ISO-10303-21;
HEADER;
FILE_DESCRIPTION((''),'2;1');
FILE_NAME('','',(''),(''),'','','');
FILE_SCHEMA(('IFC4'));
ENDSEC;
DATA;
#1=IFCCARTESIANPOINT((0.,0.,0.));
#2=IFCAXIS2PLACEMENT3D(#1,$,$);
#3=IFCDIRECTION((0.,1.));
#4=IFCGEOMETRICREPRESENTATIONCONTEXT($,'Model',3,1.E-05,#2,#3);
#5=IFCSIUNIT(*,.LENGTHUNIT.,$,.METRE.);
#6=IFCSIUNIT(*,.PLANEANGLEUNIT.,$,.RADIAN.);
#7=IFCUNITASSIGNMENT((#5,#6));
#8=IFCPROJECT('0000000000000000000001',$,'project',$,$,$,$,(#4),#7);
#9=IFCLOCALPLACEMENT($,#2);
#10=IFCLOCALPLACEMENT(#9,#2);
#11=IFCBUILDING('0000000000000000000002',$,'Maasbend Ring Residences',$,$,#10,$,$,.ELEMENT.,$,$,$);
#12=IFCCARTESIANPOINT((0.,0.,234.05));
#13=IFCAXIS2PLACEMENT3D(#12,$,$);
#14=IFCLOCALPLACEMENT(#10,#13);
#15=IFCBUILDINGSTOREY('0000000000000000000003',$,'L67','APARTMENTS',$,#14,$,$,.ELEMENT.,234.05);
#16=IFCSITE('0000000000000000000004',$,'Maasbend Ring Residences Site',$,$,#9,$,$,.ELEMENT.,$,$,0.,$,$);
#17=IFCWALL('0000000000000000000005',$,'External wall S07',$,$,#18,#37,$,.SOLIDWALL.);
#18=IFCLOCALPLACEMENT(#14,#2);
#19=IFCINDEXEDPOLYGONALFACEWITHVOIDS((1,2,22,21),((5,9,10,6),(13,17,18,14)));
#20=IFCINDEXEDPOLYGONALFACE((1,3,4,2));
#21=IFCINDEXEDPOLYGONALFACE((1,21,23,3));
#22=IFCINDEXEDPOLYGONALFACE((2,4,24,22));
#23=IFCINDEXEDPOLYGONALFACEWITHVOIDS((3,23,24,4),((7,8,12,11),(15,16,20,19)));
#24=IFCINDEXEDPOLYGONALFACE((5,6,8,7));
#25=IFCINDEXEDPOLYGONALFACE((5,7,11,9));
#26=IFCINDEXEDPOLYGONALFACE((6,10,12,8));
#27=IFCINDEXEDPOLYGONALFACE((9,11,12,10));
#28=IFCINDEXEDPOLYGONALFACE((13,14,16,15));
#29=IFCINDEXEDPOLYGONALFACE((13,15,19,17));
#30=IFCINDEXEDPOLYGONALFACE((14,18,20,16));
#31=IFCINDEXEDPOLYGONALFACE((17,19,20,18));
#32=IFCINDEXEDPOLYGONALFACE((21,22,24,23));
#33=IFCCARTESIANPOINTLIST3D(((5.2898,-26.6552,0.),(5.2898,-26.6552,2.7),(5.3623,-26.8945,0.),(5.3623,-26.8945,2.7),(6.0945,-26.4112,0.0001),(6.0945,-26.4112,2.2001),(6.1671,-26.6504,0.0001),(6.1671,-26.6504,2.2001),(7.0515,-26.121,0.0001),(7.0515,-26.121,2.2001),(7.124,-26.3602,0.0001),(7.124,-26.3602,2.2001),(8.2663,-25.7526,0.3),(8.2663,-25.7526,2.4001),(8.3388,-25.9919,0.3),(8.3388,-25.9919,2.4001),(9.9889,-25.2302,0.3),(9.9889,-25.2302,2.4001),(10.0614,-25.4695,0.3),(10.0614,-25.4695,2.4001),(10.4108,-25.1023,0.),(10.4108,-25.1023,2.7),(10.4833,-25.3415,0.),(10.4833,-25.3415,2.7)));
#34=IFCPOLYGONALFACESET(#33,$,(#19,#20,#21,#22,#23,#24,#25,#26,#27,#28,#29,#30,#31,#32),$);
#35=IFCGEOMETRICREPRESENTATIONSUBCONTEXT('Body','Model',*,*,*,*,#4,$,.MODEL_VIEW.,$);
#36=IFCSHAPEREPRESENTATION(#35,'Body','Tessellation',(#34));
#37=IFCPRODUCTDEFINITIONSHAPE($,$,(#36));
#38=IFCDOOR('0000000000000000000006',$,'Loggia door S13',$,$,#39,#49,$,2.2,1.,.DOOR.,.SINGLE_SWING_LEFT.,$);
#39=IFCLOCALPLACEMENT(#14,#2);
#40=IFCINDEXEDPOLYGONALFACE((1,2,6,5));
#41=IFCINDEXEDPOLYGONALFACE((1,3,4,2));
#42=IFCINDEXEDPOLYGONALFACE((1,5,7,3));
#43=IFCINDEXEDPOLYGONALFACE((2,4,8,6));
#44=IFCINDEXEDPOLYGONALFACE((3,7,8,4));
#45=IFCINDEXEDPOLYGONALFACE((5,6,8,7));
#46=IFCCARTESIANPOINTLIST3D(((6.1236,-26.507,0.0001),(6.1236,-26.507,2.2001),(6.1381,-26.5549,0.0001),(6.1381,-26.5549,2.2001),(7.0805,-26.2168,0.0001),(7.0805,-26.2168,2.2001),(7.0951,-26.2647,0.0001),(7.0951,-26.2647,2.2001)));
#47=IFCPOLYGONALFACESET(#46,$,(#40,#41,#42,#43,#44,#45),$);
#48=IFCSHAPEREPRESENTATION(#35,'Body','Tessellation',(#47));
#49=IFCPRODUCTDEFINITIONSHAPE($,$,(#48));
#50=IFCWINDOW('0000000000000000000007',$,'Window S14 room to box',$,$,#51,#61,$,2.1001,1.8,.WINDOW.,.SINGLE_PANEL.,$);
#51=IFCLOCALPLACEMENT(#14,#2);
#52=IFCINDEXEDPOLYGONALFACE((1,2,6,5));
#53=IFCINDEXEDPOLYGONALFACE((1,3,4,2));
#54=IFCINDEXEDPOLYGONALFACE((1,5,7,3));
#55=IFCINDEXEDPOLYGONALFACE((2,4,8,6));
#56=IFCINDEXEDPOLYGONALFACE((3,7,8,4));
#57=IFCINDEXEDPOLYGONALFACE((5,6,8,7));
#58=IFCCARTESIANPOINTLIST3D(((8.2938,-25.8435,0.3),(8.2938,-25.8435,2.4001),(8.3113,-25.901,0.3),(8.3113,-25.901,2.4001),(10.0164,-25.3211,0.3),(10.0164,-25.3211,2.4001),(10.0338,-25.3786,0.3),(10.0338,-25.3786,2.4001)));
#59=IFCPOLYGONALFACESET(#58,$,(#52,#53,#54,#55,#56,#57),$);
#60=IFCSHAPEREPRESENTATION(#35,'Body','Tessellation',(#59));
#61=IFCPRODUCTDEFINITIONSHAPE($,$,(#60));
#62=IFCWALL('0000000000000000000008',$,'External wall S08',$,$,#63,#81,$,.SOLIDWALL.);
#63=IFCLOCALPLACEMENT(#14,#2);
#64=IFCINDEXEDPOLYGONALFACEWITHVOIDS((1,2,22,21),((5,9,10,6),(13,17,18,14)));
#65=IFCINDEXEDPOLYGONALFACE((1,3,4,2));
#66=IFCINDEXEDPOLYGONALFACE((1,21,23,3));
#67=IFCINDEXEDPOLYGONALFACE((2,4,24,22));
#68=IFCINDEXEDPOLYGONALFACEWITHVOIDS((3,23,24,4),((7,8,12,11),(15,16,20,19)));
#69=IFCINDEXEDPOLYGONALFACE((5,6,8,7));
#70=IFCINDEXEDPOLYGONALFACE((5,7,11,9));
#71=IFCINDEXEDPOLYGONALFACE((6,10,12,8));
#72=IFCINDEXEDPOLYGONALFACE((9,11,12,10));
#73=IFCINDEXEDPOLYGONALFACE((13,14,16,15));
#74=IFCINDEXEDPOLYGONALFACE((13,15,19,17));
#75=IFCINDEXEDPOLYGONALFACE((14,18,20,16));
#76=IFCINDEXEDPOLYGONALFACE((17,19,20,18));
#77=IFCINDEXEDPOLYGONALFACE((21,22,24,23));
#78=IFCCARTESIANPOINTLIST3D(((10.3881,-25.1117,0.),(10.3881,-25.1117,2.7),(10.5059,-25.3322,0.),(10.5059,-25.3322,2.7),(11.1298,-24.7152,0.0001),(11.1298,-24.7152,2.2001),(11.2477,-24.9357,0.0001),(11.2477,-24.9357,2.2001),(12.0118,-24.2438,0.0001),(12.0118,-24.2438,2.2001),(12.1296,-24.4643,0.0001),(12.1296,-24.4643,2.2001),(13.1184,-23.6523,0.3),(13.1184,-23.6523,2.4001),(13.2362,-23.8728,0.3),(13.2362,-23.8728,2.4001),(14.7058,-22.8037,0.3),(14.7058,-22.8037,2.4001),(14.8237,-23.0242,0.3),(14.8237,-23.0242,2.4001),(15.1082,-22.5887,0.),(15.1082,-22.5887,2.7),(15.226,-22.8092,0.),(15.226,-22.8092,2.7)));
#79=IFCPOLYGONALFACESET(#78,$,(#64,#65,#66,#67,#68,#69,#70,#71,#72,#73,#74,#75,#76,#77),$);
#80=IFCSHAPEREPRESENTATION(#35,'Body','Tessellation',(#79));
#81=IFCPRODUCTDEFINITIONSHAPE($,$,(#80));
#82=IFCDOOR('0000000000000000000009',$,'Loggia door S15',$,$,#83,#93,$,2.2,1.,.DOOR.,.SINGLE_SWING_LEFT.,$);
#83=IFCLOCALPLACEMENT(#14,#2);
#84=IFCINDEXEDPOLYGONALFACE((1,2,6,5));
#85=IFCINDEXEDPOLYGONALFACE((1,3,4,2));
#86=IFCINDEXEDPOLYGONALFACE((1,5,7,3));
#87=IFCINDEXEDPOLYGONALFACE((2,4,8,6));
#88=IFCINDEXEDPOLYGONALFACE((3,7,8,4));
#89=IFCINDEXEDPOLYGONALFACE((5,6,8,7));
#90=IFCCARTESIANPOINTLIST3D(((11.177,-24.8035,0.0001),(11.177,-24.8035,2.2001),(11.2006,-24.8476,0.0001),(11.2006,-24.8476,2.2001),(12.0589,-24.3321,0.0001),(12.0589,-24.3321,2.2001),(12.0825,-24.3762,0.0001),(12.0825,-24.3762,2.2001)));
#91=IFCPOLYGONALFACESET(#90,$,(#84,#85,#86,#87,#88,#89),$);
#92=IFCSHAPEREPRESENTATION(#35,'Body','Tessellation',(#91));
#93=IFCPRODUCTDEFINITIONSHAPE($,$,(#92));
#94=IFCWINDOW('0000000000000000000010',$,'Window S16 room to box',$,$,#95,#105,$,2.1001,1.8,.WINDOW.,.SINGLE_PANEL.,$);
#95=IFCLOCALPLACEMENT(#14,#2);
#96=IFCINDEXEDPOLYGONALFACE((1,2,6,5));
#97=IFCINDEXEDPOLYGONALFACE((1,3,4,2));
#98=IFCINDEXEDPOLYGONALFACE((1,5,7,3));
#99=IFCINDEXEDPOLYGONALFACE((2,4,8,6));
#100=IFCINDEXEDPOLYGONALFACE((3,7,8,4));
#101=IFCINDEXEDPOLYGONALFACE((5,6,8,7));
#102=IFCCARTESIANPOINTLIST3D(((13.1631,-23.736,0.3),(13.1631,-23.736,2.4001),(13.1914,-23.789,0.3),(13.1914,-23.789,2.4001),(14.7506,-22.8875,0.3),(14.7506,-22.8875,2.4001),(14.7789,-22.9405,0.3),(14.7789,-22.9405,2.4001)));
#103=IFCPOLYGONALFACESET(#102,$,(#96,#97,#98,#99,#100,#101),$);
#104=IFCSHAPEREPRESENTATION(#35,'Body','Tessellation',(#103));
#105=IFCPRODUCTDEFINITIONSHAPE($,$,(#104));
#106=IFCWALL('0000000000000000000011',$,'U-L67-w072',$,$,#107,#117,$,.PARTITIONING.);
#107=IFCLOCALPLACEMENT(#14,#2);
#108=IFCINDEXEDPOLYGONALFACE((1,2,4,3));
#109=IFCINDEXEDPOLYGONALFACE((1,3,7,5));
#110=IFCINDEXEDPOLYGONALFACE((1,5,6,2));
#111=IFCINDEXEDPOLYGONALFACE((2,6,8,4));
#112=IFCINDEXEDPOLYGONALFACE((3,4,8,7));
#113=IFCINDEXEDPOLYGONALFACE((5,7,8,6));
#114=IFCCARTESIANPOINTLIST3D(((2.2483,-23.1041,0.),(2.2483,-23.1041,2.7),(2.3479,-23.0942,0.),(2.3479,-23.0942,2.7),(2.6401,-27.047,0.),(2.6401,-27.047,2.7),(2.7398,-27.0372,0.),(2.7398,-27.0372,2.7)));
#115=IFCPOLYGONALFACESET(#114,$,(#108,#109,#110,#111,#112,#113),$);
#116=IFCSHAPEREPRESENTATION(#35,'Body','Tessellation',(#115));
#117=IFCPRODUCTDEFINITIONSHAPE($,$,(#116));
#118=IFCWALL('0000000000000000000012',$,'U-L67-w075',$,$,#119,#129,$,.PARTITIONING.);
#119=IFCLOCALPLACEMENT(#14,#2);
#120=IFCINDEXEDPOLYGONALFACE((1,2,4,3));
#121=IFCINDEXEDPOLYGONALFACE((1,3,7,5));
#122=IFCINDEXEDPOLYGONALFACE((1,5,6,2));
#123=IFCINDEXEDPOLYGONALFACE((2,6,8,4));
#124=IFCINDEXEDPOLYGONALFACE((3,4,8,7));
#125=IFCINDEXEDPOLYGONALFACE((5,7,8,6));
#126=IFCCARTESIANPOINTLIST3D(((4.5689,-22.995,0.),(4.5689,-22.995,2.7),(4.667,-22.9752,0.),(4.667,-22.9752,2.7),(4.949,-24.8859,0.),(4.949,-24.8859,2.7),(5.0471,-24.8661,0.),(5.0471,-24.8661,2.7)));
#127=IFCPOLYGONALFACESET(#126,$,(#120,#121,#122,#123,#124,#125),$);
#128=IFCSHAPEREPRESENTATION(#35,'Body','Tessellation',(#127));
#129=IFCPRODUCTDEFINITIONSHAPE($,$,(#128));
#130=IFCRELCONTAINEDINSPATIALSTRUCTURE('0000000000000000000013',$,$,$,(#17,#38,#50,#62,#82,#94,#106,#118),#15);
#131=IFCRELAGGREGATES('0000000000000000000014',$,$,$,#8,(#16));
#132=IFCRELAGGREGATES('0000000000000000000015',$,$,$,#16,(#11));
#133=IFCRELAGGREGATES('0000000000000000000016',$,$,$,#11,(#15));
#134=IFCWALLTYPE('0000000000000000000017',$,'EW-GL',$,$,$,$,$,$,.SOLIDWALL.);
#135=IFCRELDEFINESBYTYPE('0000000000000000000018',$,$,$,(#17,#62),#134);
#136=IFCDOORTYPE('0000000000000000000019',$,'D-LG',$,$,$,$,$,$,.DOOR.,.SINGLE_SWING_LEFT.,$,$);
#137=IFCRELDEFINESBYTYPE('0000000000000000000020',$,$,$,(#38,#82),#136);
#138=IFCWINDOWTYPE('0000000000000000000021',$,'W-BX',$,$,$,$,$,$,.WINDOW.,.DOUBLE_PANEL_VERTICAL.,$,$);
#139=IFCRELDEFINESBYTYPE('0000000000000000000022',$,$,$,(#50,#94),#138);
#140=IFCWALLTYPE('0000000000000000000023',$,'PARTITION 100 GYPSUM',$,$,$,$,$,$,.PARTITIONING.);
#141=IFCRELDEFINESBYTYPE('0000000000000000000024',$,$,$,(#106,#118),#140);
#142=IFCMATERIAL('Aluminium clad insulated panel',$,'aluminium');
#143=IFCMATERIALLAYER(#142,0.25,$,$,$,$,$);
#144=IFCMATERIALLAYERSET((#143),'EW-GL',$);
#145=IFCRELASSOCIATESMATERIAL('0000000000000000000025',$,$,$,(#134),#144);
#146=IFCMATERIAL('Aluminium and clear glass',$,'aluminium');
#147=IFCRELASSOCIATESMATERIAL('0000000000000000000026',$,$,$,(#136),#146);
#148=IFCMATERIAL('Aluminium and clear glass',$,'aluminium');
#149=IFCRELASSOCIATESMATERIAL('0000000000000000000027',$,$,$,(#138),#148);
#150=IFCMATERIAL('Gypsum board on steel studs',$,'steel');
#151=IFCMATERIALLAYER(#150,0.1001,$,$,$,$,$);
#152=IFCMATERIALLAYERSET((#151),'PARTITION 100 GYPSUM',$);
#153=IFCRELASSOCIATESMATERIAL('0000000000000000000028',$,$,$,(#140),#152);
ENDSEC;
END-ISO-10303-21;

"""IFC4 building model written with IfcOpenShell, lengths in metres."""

from ifc_helpers import new_model, si_unit, direction, frame, frame_2d, origin, place, context, subcontext, project, spatial, rectangle, extrude, material, layer, layer_set, type_object, element, fill, save


model = new_model("IFC4")

# Units and contexts
model_context = context("Model", 3, precision=1e-05, world=origin(), true_north=direction((0.0, 1.0)))
body_context = subcontext(model_context, "Body", "Model", "MODEL_VIEW")
ifc_project = project(units=[si_unit("LENGTHUNIT", "METRE"), si_unit("PLANEANGLEUNIT", "RADIAN")], contexts=[model_context])

# Site, building, storey
site_placement = place(None, origin())
site = spatial("IfcSite", under=ifc_project, at=site_placement, Name="Maasbend Ring Residences Site", CompositionType="ELEMENT", RefElevation=0.0)
building_placement = place(site_placement, origin())
building = spatial("IfcBuilding", under=site, at=building_placement, Name="Maasbend Ring Residences", CompositionType="ELEMENT")
storey_placement = place(building_placement, frame((0.0, 0.0, 234.05)))
storey = spatial("IfcBuildingStorey", under=building, at=storey_placement, Name="L67", Description="APARTMENTS", CompositionType="ELEMENT", Elevation=234.05)

# Walls, openings, doors, windows
ifc_material_1 = material(Name="Aluminium clad insulated panel", Category="aluminium")
ifc_layer_1 = layer(ifc_material_1, 0.25)
ifc_layer_set_1 = layer_set([ifc_layer_1], Name="EW-GL")
wall_type_1 = type_object("IfcWallType", Name="EW-GL", PredefinedType="SOLIDWALL", material=ifc_layer_set_1)
wall_1_placement = place(storey_placement, frame((5.3259, -26.7749, 0.0), z_axis=(0.0, 0.0, 1.0), x_axis=(0.956966, 0.290201, 0.0)))
wall_1 = element("IfcWall", 1, at=wall_1_placement, inside=storey, type_object=wall_type_1, Name="External wall S07", PredefinedType="SOLIDWALL", context=body_context, shape_type="SweptSolid", body=[
    extrude(rectangle(XDim=5.3513, YDim=0.25, at=frame_2d((2.6758, 0.0))), origin(), (0.0, 0.0, 1.0), 2.7),
])
opening_1_placement = place(wall_1_placement, frame((0.8411, 0.0, 0.0)))
opening_1 = element("IfcOpeningElement", 2, at=opening_1_placement, cuts=wall_1, PredefinedType="OPENING", context=body_context, shape_type="SweptSolid", body=[
    extrude(rectangle(XDim=1.0, YDim=2.2, at=frame_2d((0.5, 1.1001))), frame((0.0, 0.135, 0.0), z_axis=(0.0, -1.0, 0.0), x_axis=(1.0, 0.0, 0.0)), (0.0, 0.0, 1.0), 0.27),
])
opening_2_placement = place(wall_1_placement, frame((3.1106, 0.0, 0.3)))
opening_2 = element("IfcOpeningElement", 3, at=opening_2_placement, cuts=wall_1, PredefinedType="OPENING", context=body_context, shape_type="SweptSolid", body=[
    extrude(rectangle(XDim=1.8, YDim=2.1001, at=frame_2d((0.8999, 1.05))), frame((0.0, 0.135, 0.0), z_axis=(0.0, -1.0, 0.0), x_axis=(1.0, 0.0, 0.0)), (0.0, 0.0, 1.0), 0.27),
])
ifc_material_2 = material(Name="Aluminium and clear glass", Category="aluminium")
door_type = type_object("IfcDoorType", Name="D-LG", OperationType="SINGLE_SWING_LEFT", PredefinedType="DOOR", material=ifc_material_2)
door_1_placement = place(opening_1_placement, origin())
door_1 = element("IfcDoor", 4, at=door_1_placement, inside=storey, type_object=door_type, Name="Loggia door S13", OperationType="SINGLE_SWING_LEFT", OverallHeight=2.2, OverallWidth=1.0, PredefinedType="DOOR", context=body_context, shape_type="SweptSolid", body=[
    extrude(rectangle(XDim=1.0, YDim=2.2, at=frame_2d((0.5, 1.1001))), frame((0.0, 0.0249, 0.0), z_axis=(0.0, -1.0, 0.0), x_axis=(1.0, 0.0, 0.0)), (0.0, 0.0, 1.0), 0.05),
])
fill(opening_1, door_1)
ifc_material_3 = material(Name="Aluminium and clear glass", Category="aluminium")
window_type_1 = type_object("IfcWindowType", Name="W-BX", PartitioningType="DOUBLE_PANEL_VERTICAL", PredefinedType="WINDOW", material=ifc_material_3)
window_1_placement = place(opening_2_placement, origin())
window_1 = element("IfcWindow", 5, at=window_1_placement, inside=storey, type_object=window_type_1, Name="Window S14 room to box", OverallHeight=2.1001, OverallWidth=1.8, PartitioningType="SINGLE_PANEL", PredefinedType="WINDOW", context=body_context, shape_type="SweptSolid", body=[
    extrude(rectangle(XDim=1.8, YDim=2.1001, at=frame_2d((0.8999, 1.05))), frame((0.0, 0.03, 0.0), z_axis=(0.0, -1.0, 0.0), x_axis=(1.0, 0.0, 0.0)), (0.0, 0.0, 1.0), 0.0601),
])
fill(opening_2, window_1)
wall_2_placement = place(storey_placement, frame((10.447, -25.2219, 0.0), z_axis=(0.0, 0.0, 1.0), x_axis=(0.881916, 0.471407, 0.0)))
wall_2 = element("IfcWall", 6, at=wall_2_placement, inside=storey, type_object=wall_type_1, Name="External wall S08", PredefinedType="SOLIDWALL", context=body_context, shape_type="SweptSolid", body=[
    extrude(rectangle(XDim=5.3521, YDim=0.25, at=frame_2d((2.676, 0.0))), origin(), (0.0, 0.0, 1.0), 2.7),
])
opening_3_placement = place(wall_2_placement, frame((0.8411, 0.0, 0.0)))
opening_3 = element("IfcOpeningElement", 7, at=opening_3_placement, cuts=wall_2, PredefinedType="OPENING", context=body_context, shape_type="SweptSolid", body=[
    extrude(rectangle(XDim=1.0, YDim=2.2, at=frame_2d((0.5, 1.1001))), frame((0.0, 0.135, 0.0), z_axis=(0.0, -1.0, 0.0), x_axis=(1.0, 0.0, 0.0)), (0.0, 0.0, 1.0), 0.27),
])
opening_4_placement = place(wall_2_placement, frame((3.0959, 0.0, 0.3)))
opening_4 = element("IfcOpeningElement", 8, at=opening_4_placement, cuts=wall_2, PredefinedType="OPENING", context=body_context, shape_type="SweptSolid", body=[
    extrude(rectangle(XDim=1.8, YDim=2.1001, at=frame_2d((0.8999, 1.05))), frame((0.0, 0.135, 0.0), z_axis=(0.0, -1.0, 0.0), x_axis=(1.0, 0.0, 0.0)), (0.0, 0.0, 1.0), 0.27),
])
door_2_placement = place(opening_3_placement, origin())
door_2 = element("IfcDoor", 9, at=door_2_placement, inside=storey, type_object=door_type, Name="Loggia door S15", OperationType="SINGLE_SWING_LEFT", OverallHeight=2.2, OverallWidth=1.0, PredefinedType="DOOR", context=body_context, shape_type="SweptSolid", body=[
    extrude(rectangle(XDim=1.0, YDim=2.2, at=frame_2d((0.5, 1.1001))), frame((0.0, 0.0249, 0.0), z_axis=(0.0, -1.0, 0.0), x_axis=(1.0, 0.0, 0.0)), (0.0, 0.0, 1.0), 0.05),
])
fill(opening_3, door_2)
window_2_placement = place(opening_4_placement, origin())
window_2 = element("IfcWindow", 10, at=window_2_placement, inside=storey, type_object=window_type_1, Name="Window S16 room to box", OverallHeight=2.1001, OverallWidth=1.8, PartitioningType="SINGLE_PANEL", PredefinedType="WINDOW", context=body_context, shape_type="SweptSolid", body=[
    extrude(rectangle(XDim=1.8, YDim=2.1001, at=frame_2d((0.8999, 1.05))), frame((0.0, 0.03, 0.0), z_axis=(0.0, -1.0, 0.0), x_axis=(1.0, 0.0, 0.0)), (0.0, 0.0, 1.0), 0.0601),
])
fill(opening_4, window_2)

# Walls
ifc_material_4 = material(Name="Gypsum board on steel studs", Category="steel")
ifc_layer_2 = layer(ifc_material_4, 0.1001)
ifc_layer_set_2 = layer_set([ifc_layer_2], Name="PARTITION 100 GYPSUM")
wall_type_2 = type_object("IfcWallType", Name="PARTITION 100 GYPSUM", PredefinedType="PARTITIONING", material=ifc_layer_set_2)
wall_3_placement = place(storey_placement, frame((2.2981, -23.0991, 0.0), z_axis=(0.0, 0.0, 1.0), x_axis=(0.098894, -0.995098, 0.0)))
element("IfcWall", 11, at=wall_3_placement, inside=storey, type_object=wall_type_2, Name="U-L67-w072", PredefinedType="PARTITIONING", context=body_context, shape_type="SweptSolid", body=[
    extrude(rectangle(XDim=3.9624, YDim=0.1001, at=frame_2d((1.9812, 0.0))), origin(), (0.0, 0.0, 1.0), 2.7),
])
wall_4_placement = place(storey_placement, frame((4.6179, -22.9851, 0.0), z_axis=(0.0, 0.0, 1.0), x_axis=(0.19709, -0.980385, 0.0)))
element("IfcWall", 12, at=wall_4_placement, inside=storey, type_object=wall_type_2, Name="U-L67-w075", PredefinedType="PARTITIONING", context=body_context, shape_type="SweptSolid", body=[
    extrude(rectangle(XDim=1.9287, YDim=0.1001, at=frame_2d((0.9644, 0.0))), origin(), (0.0, 0.0, 1.0), 2.7),
])

save(model, "model.ifc")
